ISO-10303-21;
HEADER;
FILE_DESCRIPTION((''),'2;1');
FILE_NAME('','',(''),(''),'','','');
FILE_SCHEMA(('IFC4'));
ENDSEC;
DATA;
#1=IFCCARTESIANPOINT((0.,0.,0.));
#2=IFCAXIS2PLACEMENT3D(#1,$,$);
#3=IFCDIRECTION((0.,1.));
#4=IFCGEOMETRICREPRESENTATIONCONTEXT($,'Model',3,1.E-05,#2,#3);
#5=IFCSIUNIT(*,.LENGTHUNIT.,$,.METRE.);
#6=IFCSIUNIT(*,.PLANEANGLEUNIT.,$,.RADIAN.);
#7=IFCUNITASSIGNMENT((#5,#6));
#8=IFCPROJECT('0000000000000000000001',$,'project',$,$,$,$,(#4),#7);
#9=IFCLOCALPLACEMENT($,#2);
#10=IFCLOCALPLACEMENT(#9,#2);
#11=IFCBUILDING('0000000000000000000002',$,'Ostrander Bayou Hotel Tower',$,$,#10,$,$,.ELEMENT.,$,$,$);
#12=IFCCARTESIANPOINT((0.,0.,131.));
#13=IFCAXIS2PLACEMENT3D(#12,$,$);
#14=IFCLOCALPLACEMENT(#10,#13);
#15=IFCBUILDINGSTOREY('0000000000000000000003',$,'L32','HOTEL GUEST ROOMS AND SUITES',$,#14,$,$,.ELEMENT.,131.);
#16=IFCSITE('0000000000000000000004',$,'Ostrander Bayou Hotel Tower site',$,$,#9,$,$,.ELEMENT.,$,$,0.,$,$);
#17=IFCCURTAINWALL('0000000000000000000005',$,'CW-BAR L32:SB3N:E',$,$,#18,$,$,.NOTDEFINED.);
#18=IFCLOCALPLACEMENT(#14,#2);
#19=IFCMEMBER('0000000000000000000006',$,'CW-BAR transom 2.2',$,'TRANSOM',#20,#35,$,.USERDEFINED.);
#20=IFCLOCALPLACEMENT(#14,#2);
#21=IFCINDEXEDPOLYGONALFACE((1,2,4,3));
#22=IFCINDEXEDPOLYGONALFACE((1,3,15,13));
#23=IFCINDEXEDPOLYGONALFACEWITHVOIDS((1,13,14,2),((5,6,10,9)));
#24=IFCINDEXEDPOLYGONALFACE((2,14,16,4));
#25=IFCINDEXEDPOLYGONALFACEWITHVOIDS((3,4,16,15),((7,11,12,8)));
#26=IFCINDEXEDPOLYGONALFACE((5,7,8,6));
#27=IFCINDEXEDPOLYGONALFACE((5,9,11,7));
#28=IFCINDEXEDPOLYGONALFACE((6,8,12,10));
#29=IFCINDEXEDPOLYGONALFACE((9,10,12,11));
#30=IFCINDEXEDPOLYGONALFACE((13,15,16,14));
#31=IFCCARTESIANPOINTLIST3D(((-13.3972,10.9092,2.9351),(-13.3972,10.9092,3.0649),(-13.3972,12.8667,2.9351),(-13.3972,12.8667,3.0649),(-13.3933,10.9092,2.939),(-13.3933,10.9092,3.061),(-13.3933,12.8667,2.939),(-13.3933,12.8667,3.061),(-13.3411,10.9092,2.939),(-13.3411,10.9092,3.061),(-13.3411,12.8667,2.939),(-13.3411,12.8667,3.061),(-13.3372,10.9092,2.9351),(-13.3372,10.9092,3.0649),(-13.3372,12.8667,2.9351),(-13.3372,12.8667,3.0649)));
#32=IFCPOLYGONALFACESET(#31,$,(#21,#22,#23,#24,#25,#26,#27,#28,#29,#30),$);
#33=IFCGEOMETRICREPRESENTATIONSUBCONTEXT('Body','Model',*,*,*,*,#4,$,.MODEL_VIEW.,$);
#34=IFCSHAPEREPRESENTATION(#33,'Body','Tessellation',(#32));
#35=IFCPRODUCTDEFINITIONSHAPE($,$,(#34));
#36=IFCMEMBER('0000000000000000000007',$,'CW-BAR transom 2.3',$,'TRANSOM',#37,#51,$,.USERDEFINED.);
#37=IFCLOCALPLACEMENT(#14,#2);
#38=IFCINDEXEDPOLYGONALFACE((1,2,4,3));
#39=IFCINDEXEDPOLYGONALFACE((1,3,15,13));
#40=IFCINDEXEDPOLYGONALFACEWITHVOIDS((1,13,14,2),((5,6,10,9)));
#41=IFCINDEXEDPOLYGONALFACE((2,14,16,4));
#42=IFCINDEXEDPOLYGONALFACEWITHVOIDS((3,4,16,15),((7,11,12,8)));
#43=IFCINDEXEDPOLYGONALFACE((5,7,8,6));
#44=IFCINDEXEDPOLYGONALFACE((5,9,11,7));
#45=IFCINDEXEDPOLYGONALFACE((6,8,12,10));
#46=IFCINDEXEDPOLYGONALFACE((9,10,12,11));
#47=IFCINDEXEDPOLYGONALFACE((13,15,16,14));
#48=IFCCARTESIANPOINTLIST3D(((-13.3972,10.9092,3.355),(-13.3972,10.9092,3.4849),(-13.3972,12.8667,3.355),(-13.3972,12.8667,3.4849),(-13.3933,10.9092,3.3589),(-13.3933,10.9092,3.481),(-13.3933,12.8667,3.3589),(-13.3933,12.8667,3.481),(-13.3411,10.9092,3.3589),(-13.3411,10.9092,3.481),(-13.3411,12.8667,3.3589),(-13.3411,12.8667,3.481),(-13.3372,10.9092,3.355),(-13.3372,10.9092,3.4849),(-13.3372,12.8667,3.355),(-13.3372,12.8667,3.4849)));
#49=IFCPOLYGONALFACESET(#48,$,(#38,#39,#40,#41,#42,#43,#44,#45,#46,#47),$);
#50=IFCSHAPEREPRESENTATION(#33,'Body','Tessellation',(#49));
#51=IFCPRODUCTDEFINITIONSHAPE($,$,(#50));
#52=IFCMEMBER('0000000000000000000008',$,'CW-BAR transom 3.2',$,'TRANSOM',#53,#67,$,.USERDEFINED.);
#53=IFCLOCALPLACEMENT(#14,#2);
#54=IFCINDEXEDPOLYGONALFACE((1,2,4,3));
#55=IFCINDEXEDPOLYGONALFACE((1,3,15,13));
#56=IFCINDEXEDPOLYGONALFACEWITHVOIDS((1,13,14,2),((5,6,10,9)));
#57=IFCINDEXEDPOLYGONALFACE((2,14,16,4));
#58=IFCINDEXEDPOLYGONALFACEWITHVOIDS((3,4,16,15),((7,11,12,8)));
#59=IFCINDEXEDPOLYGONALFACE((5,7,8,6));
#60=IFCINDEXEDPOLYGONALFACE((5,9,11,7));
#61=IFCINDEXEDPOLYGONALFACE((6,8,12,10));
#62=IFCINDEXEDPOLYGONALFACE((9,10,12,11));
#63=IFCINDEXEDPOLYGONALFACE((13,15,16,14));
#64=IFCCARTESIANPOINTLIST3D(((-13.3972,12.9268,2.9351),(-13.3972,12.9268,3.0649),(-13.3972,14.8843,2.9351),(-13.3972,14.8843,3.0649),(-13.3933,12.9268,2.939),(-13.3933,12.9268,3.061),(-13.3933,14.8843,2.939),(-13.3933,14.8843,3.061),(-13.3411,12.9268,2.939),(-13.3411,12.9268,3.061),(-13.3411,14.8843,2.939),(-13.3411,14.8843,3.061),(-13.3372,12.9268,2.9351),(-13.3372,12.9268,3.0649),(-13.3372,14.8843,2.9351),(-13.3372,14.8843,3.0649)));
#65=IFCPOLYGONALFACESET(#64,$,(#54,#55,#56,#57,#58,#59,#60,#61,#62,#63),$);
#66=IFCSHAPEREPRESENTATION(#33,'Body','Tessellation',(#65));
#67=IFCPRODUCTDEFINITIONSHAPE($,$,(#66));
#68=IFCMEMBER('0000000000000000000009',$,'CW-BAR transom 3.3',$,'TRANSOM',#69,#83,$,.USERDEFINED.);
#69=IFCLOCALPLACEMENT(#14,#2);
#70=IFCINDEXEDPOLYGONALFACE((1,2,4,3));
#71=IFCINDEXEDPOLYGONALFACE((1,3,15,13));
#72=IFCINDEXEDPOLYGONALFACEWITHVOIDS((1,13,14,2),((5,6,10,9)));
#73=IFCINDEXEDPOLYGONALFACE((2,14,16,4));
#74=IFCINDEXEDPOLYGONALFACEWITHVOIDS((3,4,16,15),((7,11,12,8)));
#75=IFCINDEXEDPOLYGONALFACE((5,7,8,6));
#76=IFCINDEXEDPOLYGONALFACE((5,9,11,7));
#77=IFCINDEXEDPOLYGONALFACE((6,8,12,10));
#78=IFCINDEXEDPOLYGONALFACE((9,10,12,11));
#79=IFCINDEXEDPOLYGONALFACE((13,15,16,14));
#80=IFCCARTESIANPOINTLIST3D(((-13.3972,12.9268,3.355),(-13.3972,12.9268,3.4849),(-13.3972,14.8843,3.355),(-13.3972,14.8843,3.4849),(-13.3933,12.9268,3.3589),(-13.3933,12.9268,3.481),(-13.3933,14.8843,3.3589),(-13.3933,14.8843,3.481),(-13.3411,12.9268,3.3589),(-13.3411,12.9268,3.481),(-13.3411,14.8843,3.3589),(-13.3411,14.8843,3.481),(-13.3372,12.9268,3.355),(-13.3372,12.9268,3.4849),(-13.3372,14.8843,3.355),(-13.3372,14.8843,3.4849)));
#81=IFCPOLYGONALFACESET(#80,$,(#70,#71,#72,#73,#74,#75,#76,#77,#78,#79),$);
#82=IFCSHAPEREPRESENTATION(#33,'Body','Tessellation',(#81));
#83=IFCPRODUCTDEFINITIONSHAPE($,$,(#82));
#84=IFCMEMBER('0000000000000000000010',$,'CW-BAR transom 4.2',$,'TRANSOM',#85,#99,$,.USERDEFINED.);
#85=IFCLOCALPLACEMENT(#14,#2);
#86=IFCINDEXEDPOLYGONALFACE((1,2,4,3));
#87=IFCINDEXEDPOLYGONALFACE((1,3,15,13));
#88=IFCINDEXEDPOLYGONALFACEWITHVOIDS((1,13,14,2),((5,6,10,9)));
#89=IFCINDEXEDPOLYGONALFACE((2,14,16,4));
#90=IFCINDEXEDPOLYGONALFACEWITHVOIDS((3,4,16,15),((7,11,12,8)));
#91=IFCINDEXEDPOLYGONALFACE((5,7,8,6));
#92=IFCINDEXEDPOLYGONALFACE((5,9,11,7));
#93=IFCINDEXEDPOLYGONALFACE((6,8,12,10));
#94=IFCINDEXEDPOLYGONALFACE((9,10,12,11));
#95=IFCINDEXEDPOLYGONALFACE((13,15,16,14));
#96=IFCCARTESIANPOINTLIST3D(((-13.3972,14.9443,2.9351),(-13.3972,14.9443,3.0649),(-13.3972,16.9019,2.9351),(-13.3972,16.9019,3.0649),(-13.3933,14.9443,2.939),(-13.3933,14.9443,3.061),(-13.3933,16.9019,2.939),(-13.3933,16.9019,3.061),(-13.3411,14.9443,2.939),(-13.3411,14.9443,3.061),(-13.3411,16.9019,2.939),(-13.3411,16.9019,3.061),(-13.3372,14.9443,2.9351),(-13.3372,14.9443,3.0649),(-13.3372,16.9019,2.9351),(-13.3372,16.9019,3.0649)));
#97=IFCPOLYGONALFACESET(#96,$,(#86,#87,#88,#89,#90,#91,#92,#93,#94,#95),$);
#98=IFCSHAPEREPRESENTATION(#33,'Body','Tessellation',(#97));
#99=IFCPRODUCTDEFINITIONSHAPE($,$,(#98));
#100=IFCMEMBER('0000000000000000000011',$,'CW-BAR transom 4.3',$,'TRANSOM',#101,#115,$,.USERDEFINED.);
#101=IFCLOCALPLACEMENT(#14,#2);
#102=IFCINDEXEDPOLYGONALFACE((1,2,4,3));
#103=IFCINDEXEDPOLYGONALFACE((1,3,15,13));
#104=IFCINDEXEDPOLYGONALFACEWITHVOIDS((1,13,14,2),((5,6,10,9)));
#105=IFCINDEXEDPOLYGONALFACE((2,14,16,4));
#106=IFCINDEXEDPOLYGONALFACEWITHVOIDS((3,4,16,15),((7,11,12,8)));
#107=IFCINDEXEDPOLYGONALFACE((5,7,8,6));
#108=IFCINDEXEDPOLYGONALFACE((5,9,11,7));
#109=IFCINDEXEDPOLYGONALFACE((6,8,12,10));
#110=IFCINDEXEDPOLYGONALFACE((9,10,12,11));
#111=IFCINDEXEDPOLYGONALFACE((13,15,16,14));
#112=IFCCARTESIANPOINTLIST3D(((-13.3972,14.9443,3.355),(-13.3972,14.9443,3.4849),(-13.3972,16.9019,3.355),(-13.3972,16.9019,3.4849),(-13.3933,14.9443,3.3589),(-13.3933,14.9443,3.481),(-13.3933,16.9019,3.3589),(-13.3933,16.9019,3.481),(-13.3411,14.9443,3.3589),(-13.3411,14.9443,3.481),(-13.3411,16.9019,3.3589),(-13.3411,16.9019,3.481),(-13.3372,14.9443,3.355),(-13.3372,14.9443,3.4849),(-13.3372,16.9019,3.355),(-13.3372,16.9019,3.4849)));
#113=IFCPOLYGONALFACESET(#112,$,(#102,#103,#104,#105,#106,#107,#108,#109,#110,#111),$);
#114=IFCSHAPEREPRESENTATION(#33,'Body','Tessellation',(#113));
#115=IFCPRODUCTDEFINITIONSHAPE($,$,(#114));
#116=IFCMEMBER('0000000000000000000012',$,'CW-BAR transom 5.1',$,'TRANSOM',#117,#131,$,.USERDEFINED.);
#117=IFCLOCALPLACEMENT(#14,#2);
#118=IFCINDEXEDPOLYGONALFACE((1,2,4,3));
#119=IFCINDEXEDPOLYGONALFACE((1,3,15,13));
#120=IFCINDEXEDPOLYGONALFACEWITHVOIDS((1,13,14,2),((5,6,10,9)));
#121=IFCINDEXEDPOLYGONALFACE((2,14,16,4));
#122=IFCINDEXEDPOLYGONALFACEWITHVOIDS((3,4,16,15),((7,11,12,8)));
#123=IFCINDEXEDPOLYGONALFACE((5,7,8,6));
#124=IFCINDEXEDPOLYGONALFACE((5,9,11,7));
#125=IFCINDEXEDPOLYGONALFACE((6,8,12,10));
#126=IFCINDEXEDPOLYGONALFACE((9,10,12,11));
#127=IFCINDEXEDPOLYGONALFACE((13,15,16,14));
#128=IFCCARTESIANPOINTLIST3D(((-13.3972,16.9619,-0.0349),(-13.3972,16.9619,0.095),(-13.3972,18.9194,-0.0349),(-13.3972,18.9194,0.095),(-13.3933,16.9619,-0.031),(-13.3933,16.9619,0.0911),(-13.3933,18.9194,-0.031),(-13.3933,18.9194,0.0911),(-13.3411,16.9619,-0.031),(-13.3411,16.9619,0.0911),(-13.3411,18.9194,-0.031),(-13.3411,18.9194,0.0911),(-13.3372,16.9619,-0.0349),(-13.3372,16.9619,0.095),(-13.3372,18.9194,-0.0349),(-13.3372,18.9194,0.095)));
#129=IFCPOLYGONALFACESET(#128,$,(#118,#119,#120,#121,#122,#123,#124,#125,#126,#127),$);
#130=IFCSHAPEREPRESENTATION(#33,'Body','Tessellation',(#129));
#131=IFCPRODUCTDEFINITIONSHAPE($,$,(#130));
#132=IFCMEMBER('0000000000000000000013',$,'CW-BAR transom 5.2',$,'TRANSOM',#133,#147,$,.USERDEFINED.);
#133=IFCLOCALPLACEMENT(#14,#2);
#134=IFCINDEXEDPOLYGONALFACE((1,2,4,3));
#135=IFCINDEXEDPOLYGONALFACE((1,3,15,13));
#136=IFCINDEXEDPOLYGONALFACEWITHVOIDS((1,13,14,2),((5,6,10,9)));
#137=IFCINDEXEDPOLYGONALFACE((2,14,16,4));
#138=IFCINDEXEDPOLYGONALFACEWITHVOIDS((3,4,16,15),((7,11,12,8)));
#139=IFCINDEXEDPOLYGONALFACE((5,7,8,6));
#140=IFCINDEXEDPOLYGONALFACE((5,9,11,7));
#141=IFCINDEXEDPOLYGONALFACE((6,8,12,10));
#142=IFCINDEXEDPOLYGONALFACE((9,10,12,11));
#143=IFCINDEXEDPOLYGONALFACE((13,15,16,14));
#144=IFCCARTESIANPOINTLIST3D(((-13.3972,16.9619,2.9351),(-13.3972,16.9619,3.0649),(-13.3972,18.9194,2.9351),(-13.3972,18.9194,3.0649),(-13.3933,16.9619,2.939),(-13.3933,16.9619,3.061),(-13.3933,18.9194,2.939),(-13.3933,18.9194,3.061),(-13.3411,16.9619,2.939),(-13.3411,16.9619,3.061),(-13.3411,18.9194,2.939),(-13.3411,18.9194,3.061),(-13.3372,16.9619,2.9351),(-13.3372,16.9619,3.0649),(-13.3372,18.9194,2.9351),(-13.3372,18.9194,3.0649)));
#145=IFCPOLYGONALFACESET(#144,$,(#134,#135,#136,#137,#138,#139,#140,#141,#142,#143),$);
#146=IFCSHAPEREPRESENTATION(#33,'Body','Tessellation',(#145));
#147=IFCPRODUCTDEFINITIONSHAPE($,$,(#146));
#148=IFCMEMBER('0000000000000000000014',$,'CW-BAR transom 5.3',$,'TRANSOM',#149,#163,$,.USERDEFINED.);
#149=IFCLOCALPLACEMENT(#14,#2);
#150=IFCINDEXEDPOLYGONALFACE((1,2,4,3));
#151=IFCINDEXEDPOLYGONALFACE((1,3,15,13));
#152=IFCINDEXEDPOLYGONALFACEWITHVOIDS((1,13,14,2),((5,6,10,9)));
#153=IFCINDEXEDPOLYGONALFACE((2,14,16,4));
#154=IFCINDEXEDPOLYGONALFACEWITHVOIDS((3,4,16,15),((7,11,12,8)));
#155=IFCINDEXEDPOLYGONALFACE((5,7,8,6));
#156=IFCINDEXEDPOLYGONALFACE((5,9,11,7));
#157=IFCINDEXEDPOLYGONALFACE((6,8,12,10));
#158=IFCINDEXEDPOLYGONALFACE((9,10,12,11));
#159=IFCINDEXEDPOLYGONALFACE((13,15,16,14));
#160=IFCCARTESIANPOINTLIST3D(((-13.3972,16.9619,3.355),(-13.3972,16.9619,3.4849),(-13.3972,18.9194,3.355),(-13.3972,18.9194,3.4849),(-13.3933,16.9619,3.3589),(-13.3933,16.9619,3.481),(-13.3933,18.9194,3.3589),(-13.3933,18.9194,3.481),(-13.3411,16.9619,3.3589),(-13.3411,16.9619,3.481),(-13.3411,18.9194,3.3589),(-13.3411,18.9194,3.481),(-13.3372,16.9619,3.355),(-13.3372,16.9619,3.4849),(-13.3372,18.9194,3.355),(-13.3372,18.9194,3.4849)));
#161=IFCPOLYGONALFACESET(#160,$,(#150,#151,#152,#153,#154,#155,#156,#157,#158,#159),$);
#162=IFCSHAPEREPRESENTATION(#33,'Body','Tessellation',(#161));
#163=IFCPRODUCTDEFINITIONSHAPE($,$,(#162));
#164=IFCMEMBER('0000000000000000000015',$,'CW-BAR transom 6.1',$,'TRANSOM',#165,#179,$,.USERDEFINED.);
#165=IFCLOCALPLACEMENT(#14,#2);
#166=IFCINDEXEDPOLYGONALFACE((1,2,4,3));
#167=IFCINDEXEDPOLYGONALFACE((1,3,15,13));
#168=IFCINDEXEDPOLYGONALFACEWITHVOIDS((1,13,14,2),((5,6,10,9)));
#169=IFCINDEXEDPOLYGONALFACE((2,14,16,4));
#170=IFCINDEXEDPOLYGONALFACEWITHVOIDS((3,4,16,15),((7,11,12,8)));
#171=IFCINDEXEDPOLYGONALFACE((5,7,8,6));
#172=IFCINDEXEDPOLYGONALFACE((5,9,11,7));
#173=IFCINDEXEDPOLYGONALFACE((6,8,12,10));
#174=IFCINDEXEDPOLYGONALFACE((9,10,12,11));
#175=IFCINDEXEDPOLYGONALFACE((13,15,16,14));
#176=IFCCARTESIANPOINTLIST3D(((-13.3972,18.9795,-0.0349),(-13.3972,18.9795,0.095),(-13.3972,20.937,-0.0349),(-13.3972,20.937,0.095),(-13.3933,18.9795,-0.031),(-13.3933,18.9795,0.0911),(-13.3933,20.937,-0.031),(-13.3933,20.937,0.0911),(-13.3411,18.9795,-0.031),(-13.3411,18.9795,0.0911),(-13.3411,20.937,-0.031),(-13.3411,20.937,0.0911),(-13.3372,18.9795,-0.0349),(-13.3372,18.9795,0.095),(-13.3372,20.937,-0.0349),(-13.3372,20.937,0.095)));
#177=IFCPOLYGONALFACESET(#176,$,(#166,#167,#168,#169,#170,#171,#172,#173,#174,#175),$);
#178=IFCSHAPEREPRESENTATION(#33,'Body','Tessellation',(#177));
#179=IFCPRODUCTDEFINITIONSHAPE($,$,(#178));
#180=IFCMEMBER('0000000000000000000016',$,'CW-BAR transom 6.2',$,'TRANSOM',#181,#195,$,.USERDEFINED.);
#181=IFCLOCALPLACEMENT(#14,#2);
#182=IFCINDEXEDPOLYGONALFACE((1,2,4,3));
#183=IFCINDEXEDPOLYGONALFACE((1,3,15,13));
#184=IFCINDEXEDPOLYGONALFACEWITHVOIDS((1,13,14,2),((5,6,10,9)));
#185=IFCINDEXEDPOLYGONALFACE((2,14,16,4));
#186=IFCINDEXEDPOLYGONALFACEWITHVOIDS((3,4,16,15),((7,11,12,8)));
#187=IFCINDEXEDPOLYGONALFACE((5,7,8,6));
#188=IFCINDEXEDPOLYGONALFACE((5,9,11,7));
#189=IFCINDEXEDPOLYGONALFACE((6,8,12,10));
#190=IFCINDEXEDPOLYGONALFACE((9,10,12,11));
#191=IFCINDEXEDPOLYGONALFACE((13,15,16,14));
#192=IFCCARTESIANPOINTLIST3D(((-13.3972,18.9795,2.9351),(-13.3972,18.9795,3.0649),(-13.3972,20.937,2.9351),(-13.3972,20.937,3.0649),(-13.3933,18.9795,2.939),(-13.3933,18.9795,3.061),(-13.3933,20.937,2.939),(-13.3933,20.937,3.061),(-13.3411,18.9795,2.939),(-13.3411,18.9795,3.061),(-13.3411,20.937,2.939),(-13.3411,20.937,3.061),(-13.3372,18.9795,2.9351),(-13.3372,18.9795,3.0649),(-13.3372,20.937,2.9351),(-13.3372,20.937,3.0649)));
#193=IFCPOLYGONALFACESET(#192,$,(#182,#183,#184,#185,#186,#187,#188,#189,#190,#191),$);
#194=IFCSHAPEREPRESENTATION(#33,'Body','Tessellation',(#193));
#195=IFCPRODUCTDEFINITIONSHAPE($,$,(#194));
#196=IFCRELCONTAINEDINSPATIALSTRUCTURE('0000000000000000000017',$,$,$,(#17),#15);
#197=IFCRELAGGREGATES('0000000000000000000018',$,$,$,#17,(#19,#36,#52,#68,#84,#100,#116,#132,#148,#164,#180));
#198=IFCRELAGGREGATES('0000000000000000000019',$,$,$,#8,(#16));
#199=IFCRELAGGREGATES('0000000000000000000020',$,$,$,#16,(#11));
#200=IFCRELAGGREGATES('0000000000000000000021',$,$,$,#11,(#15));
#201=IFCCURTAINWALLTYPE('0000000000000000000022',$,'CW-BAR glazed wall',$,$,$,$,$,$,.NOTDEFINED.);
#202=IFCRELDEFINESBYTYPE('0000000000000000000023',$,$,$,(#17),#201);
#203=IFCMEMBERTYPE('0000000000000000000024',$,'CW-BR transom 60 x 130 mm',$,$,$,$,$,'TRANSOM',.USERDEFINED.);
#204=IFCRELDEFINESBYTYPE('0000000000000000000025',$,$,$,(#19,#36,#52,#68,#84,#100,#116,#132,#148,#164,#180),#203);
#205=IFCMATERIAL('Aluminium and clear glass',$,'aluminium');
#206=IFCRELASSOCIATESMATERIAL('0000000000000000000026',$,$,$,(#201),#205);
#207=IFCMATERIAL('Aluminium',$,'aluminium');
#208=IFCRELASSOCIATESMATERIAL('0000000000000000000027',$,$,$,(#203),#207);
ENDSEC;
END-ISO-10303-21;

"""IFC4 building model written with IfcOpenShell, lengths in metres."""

from ifc_helpers import new_model, si_unit, direction, frame, origin, origin_2d, place, context, subcontext, project, spatial, hollow_rectangle, extrude, material, material_profile, profile_set, type_object, element, aggregate, save


model = new_model("IFC4")

# Units and contexts
model_context = context("Model", 3, precision=1e-05, world=origin(), true_north=direction((0.0, 1.0)))
body_context = subcontext(model_context, "Body", "Model", "MODEL_VIEW")
ifc_project = project(units=[si_unit("LENGTHUNIT", "METRE"), si_unit("PLANEANGLEUNIT", "RADIAN")], contexts=[model_context])

# Site, building, storey
site_placement = place(None, origin())
site = spatial("IfcSite", under=ifc_project, at=site_placement, Name="Ostrander Bayou Hotel Tower site", CompositionType="ELEMENT", RefElevation=0.0)
building_placement = place(site_placement, origin())
building = spatial("IfcBuilding", under=site, at=building_placement, Name="Ostrander Bayou Hotel Tower", CompositionType="ELEMENT")
storey_placement = place(building_placement, frame((0.0, 0.0, 131.0)))
storey = spatial("IfcBuildingStorey", under=building, at=storey_placement, Name="L32", Description="HOTEL GUEST ROOMS AND SUITES", CompositionType="ELEMENT", Elevation=131.0)

# Curtain wall, members
ifc_material_1 = material(Name="Aluminium and clear glass", Category="aluminium")
curtain_wall_type = type_object("IfcCurtainWallType", Name="CW-BAR glazed wall", PredefinedType="NOTDEFINED", material=ifc_material_1)
curtain_wall_placement = place(storey_placement, origin())
curtain_wall = element("IfcCurtainWall", 1, at=curtain_wall_placement, inside=storey, type_object=curtain_wall_type, Name="CW-BAR L32:SB3N:E", PredefinedType="NOTDEFINED")
ifc_material_2 = material(Name="Aluminium", Category="aluminium")
ifc_material_profile = material_profile(ifc_material_2, hollow_rectangle(XDim=0.0601, YDim=0.1299, WallThickness=0.0039, at=origin_2d()))
ifc_profile_set = profile_set([ifc_material_profile], Name="Aluminium")
member_type = type_object("IfcMemberType", Name="CW-BR transom 60 x 130 mm", ElementType="TRANSOM", PredefinedType="USERDEFINED", material=ifc_profile_set)
member_1_placement = place(storey_placement, frame((-13.3672, 10.9092, 3.0), z_axis=(0.0, 1.0, 0.0), x_axis=(-1.0, 0.0, 0.0)))
member_1 = element("IfcMember", 2, at=member_1_placement, type_object=member_type, Name="CW-BAR transom 2.2", ObjectType="TRANSOM", PredefinedType="USERDEFINED", context=body_context, shape_type="SweptSolid", body=[
    extrude(hollow_rectangle(XDim=0.0601, YDim=0.1299, WallThickness=0.0039, at=origin_2d()), origin(), (0.0, 0.0, 1.0), 1.9575),
])
member_2_placement = place(storey_placement, frame((-13.3672, 10.9092, 3.4199), z_axis=(0.0, 1.0, 0.0), x_axis=(-1.0, 0.0, 0.0)))
member_2 = element("IfcMember", 3, at=member_2_placement, type_object=member_type, Name="CW-BAR transom 2.3", ObjectType="TRANSOM", PredefinedType="USERDEFINED", context=body_context, shape_type="SweptSolid", body=[
    extrude(hollow_rectangle(XDim=0.0601, YDim=0.1299, WallThickness=0.0039, at=origin_2d()), origin(), (0.0, 0.0, 1.0), 1.9575),
])
member_3_placement = place(storey_placement, frame((-13.3672, 12.9268, 3.0), z_axis=(0.0, 1.0, 0.0), x_axis=(-1.0, 0.0, 0.0)))
member_3 = element("IfcMember", 4, at=member_3_placement, type_object=member_type, Name="CW-BAR transom 3.2", ObjectType="TRANSOM", PredefinedType="USERDEFINED", context=body_context, shape_type="SweptSolid", body=[
    extrude(hollow_rectangle(XDim=0.0601, YDim=0.1299, WallThickness=0.0039, at=origin_2d()), origin(), (0.0, 0.0, 1.0), 1.9575),
])
member_4_placement = place(storey_placement, frame((-13.3672, 12.9268, 3.4199), z_axis=(0.0, 1.0, 0.0), x_axis=(-1.0, 0.0, 0.0)))
member_4 = element("IfcMember", 5, at=member_4_placement, type_object=member_type, Name="CW-BAR transom 3.3", ObjectType="TRANSOM", PredefinedType="USERDEFINED", context=body_context, shape_type="SweptSolid", body=[
    extrude(hollow_rectangle(XDim=0.0601, YDim=0.1299, WallThickness=0.0039, at=origin_2d()), origin(), (0.0, 0.0, 1.0), 1.9575),
])
member_5_placement = place(storey_placement, frame((-13.3672, 14.9443, 3.0), z_axis=(0.0, 1.0, 0.0), x_axis=(-1.0, 0.0, 0.0)))
member_5 = element("IfcMember", 6, at=member_5_placement, type_object=member_type, Name="CW-BAR transom 4.2", ObjectType="TRANSOM", PredefinedType="USERDEFINED", context=body_context, shape_type="SweptSolid", body=[
    extrude(hollow_rectangle(XDim=0.0601, YDim=0.1299, WallThickness=0.0039, at=origin_2d()), origin(), (0.0, 0.0, 1.0), 1.9575),
])
member_6_placement = place(storey_placement, frame((-13.3672, 14.9443, 3.4199), z_axis=(0.0, 1.0, 0.0), x_axis=(-1.0, 0.0, 0.0)))
member_6 = element("IfcMember", 7, at=member_6_placement, type_object=member_type, Name="CW-BAR transom 4.3", ObjectType="TRANSOM", PredefinedType="USERDEFINED", context=body_context, shape_type="SweptSolid", body=[
    extrude(hollow_rectangle(XDim=0.0601, YDim=0.1299, WallThickness=0.0039, at=origin_2d()), origin(), (0.0, 0.0, 1.0), 1.9575),
])
member_7_placement = place(storey_placement, frame((-13.3672, 16.9619, 0.03), z_axis=(0.0, 1.0, 0.0), x_axis=(-1.0, 0.0, 0.0)))
member_7 = element("IfcMember", 8, at=member_7_placement, type_object=member_type, Name="CW-BAR transom 5.1", ObjectType="TRANSOM", PredefinedType="USERDEFINED", context=body_context, shape_type="SweptSolid", body=[
    extrude(hollow_rectangle(XDim=0.0601, YDim=0.1299, WallThickness=0.0039, at=origin_2d()), origin(), (0.0, 0.0, 1.0), 1.9575),
])
member_8_placement = place(storey_placement, frame((-13.3672, 16.9619, 3.0), z_axis=(0.0, 1.0, 0.0), x_axis=(-1.0, 0.0, 0.0)))
member_8 = element("IfcMember", 9, at=member_8_placement, type_object=member_type, Name="CW-BAR transom 5.2", ObjectType="TRANSOM", PredefinedType="USERDEFINED", context=body_context, shape_type="SweptSolid", body=[
    extrude(hollow_rectangle(XDim=0.0601, YDim=0.1299, WallThickness=0.0039, at=origin_2d()), origin(), (0.0, 0.0, 1.0), 1.9575),
])
member_9_placement = place(storey_placement, frame((-13.3672, 16.9619, 3.4199), z_axis=(0.0, 1.0, 0.0), x_axis=(-1.0, 0.0, 0.0)))
member_9 = element("IfcMember", 10, at=member_9_placement, type_object=member_type, Name="CW-BAR transom 5.3", ObjectType="TRANSOM", PredefinedType="USERDEFINED", context=body_context, shape_type="SweptSolid", body=[
    extrude(hollow_rectangle(XDim=0.0601, YDim=0.1299, WallThickness=0.0039, at=origin_2d()), origin(), (0.0, 0.0, 1.0), 1.9575),
])
member_10_placement = place(storey_placement, frame((-13.3672, 18.9795, 0.03), z_axis=(0.0, 1.0, 0.0), x_axis=(-1.0, 0.0, 0.0)))
member_10 = element("IfcMember", 11, at=member_10_placement, type_object=member_type, Name="CW-BAR transom 6.1", ObjectType="TRANSOM", PredefinedType="USERDEFINED", context=body_context, shape_type="SweptSolid", body=[
    extrude(hollow_rectangle(XDim=0.0601, YDim=0.1299, WallThickness=0.0039, at=origin_2d()), origin(), (0.0, 0.0, 1.0), 1.9575),
])
member_11_placement = place(storey_placement, frame((-13.3672, 18.9795, 3.0), z_axis=(0.0, 1.0, 0.0), x_axis=(-1.0, 0.0, 0.0)))
member_11 = element("IfcMember", 12, at=member_11_placement, type_object=member_type, Name="CW-BAR transom 6.2", ObjectType="TRANSOM", PredefinedType="USERDEFINED", context=body_context, shape_type="SweptSolid", body=[
    extrude(hollow_rectangle(XDim=0.0601, YDim=0.1299, WallThickness=0.0039, at=origin_2d()), origin(), (0.0, 0.0, 1.0), 1.9575),
])
aggregate(curtain_wall, [member_1, member_2, member_3, member_4, member_5, member_6, member_7, member_8, member_9, member_10, member_11])

save(model, "model.ifc")
